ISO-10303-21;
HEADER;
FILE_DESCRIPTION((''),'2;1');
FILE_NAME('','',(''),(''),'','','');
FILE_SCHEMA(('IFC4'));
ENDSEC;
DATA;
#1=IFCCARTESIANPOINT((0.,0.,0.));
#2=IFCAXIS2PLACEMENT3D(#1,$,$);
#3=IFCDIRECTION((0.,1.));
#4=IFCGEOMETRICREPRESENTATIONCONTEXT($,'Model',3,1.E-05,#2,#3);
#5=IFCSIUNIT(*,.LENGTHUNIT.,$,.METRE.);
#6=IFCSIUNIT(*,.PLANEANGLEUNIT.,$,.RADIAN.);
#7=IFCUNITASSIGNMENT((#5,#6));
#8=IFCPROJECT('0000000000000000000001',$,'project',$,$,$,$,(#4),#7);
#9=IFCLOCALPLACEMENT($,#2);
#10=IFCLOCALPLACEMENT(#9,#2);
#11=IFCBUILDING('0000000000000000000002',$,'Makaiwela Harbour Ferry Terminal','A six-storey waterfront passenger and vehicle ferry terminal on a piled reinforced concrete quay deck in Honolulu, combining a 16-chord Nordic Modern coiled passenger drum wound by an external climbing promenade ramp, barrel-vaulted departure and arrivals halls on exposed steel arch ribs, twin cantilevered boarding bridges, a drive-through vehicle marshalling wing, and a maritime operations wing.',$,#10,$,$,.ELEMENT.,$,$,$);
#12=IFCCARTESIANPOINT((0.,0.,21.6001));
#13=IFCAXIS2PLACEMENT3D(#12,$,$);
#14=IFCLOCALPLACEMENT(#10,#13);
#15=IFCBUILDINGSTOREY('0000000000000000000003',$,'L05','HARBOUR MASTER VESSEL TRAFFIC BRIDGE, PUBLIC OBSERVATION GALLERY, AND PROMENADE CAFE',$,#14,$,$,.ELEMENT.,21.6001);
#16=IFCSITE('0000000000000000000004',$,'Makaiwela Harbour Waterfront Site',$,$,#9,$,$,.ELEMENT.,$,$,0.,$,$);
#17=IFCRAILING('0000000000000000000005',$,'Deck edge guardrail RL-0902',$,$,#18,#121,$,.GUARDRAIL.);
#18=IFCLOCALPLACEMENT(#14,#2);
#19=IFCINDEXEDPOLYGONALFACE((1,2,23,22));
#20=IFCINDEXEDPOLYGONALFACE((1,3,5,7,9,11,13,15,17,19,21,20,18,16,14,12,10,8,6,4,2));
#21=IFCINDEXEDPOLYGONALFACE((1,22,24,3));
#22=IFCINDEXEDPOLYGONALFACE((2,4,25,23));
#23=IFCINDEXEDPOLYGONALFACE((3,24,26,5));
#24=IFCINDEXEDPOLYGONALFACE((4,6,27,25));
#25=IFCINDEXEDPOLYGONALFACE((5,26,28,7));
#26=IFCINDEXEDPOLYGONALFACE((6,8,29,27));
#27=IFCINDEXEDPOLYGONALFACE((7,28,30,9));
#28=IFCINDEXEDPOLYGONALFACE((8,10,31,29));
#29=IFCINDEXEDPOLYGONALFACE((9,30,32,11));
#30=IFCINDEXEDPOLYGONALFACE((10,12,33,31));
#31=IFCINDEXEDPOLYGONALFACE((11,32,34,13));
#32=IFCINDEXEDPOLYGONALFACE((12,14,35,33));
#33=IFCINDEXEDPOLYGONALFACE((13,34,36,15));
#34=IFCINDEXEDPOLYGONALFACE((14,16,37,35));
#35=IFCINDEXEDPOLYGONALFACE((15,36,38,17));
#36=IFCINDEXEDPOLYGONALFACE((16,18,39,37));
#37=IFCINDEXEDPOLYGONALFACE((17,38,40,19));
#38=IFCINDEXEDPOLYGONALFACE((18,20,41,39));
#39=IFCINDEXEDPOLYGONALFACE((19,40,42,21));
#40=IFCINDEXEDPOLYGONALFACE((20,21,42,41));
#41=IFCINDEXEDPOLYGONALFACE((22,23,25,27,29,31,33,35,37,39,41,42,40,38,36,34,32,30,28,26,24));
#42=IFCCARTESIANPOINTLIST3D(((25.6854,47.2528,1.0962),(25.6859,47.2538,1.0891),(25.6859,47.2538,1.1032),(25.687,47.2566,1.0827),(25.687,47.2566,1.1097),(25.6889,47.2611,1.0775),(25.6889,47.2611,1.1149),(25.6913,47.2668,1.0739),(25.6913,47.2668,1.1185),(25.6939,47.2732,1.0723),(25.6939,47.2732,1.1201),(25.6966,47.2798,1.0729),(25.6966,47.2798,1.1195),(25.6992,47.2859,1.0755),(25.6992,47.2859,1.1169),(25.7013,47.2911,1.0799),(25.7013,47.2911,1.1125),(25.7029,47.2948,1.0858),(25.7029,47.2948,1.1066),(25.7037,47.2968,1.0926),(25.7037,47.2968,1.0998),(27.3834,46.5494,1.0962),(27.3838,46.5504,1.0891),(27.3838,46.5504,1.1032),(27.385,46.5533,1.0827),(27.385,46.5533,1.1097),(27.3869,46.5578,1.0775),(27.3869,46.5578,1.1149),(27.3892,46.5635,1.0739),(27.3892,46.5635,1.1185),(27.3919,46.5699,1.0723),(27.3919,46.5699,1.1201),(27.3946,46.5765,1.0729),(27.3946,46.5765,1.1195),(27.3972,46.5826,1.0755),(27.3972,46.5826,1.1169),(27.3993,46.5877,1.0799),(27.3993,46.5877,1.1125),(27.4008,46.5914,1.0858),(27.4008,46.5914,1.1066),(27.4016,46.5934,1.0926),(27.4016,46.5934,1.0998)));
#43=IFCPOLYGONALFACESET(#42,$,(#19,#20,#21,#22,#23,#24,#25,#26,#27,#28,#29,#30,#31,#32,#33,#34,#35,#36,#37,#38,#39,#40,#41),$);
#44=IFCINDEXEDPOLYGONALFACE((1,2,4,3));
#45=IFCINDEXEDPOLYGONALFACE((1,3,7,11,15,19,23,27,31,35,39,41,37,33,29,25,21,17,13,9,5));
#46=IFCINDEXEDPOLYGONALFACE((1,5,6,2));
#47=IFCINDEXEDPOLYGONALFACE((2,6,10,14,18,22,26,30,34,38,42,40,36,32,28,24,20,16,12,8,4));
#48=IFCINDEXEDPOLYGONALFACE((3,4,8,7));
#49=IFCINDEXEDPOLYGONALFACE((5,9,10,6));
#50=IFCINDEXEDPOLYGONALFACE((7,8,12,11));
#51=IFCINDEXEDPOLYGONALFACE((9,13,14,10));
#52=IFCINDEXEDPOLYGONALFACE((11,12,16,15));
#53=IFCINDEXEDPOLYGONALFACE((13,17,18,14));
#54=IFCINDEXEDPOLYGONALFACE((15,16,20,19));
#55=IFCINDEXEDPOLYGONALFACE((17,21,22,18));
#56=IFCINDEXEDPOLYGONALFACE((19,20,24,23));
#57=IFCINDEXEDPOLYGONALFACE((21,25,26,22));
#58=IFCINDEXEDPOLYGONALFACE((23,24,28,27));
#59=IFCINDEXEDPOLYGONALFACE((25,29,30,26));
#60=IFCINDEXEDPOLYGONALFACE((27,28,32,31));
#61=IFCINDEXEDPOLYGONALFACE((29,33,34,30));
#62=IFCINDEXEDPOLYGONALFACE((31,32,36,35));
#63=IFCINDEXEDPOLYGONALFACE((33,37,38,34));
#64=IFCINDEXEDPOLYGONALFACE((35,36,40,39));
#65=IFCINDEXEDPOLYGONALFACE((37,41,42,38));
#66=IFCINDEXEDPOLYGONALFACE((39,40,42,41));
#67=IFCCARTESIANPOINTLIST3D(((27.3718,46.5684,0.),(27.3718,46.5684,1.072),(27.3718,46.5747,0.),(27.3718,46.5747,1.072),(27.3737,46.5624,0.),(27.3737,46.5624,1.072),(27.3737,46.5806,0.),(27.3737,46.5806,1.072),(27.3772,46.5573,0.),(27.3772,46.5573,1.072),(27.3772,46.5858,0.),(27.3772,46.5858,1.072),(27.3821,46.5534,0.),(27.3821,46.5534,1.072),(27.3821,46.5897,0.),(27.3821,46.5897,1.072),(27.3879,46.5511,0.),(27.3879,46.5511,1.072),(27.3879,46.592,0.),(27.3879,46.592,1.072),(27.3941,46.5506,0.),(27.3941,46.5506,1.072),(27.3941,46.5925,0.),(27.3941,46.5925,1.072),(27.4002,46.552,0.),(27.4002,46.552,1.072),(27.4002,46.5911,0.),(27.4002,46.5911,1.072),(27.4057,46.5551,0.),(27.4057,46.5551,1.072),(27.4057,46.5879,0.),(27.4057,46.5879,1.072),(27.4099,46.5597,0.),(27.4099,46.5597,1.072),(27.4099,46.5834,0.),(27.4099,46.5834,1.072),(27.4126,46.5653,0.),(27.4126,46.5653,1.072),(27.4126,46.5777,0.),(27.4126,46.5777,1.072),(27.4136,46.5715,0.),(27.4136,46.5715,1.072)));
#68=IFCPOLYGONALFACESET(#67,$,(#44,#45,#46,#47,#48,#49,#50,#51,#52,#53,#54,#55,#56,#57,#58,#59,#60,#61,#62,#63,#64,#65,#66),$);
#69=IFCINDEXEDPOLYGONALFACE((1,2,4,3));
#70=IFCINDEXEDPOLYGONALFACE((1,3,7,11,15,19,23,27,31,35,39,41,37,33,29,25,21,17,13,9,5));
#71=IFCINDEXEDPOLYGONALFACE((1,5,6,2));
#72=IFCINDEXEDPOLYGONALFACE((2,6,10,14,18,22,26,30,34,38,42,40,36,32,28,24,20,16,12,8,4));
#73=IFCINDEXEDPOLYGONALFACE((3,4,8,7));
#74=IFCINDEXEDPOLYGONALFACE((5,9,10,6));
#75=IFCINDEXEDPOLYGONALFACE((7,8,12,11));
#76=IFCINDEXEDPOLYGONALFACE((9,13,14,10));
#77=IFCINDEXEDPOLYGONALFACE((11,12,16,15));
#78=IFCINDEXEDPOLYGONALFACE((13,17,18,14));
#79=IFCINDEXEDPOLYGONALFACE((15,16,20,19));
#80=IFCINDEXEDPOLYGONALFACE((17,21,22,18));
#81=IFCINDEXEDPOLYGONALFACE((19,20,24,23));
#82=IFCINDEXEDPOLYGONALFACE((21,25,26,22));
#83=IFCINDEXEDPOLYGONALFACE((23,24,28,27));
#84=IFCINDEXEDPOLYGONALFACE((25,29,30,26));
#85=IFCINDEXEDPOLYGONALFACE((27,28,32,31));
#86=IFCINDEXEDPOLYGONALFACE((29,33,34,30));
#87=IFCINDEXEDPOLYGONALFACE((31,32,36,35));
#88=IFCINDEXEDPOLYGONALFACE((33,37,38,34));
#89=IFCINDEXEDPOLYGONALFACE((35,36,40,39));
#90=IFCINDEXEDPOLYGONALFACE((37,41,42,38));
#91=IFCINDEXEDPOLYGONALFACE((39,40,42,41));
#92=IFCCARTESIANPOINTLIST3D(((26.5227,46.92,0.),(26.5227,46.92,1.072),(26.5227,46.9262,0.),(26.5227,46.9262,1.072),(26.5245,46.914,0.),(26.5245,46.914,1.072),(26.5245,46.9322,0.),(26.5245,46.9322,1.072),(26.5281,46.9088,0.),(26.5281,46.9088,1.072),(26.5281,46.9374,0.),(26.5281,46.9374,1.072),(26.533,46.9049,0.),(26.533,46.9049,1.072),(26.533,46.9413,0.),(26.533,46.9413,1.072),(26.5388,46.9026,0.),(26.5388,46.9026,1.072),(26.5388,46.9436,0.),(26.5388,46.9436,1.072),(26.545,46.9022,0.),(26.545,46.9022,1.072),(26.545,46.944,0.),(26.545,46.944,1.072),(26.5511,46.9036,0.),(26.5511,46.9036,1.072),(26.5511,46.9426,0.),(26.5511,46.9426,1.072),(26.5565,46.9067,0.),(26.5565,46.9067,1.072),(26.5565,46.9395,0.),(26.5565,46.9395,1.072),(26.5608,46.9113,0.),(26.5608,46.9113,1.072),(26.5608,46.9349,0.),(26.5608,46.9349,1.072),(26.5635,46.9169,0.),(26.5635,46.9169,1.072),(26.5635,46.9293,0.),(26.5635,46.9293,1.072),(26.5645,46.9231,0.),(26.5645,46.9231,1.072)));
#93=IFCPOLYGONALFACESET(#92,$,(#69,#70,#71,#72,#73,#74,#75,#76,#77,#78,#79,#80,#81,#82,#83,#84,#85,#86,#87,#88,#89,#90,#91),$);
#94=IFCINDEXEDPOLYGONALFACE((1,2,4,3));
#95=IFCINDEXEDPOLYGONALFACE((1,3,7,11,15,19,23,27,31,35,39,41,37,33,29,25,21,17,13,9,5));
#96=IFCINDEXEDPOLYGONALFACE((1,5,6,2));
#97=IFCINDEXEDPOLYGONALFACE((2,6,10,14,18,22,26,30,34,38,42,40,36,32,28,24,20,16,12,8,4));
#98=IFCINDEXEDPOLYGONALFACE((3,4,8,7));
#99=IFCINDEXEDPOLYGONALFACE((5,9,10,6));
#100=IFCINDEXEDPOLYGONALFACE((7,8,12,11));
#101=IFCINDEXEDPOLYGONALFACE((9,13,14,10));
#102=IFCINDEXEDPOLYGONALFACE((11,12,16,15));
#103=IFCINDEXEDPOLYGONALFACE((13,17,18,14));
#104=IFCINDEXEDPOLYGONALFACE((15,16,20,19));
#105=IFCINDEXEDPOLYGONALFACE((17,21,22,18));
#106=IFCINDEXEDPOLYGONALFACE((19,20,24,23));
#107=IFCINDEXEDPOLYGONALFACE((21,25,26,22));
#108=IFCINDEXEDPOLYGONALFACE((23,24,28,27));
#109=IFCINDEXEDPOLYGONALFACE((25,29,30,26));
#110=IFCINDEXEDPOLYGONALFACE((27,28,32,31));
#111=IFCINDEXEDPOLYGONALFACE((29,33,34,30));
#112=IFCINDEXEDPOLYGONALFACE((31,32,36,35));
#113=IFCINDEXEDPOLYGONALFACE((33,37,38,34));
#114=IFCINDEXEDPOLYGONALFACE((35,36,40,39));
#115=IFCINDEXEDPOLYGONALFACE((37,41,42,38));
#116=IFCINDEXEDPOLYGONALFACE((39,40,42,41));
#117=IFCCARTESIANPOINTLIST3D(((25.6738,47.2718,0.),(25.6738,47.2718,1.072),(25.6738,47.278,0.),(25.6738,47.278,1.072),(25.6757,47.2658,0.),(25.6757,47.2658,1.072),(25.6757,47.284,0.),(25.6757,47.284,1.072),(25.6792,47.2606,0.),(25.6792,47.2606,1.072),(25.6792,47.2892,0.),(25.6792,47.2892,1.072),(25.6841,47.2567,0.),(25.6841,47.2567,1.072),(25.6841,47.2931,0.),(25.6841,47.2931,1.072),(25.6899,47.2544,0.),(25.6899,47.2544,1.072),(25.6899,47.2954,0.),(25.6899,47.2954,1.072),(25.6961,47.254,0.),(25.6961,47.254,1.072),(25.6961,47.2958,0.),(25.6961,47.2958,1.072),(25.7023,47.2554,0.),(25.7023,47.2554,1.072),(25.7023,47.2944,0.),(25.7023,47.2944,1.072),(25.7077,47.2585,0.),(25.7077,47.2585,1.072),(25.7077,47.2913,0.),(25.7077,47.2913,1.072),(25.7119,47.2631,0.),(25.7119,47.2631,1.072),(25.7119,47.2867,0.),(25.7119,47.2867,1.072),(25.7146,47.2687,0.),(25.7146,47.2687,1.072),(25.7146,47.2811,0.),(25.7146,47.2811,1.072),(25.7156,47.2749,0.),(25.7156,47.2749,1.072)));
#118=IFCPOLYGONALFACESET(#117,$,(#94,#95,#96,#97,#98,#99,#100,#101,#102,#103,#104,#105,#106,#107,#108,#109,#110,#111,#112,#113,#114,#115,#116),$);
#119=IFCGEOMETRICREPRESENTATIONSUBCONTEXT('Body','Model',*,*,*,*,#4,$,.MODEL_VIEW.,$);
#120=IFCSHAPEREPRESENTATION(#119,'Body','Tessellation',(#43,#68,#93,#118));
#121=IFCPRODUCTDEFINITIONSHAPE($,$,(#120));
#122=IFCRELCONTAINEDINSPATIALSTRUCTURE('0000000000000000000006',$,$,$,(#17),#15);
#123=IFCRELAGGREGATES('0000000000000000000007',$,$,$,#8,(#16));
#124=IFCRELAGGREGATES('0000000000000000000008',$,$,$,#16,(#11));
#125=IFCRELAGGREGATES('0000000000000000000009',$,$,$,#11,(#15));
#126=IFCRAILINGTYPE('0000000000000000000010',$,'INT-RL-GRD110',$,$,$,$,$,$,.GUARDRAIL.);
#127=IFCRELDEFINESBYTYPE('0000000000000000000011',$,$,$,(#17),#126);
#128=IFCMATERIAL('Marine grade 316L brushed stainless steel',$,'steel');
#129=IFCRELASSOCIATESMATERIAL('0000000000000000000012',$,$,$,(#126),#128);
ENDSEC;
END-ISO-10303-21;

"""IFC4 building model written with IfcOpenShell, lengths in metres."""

from ifc_helpers import new_model, si_unit, direction, frame, origin, origin_2d, place, context, subcontext, project, spatial, circle, extrude, material, type_object, element, save


model = new_model("IFC4")

# Units and contexts
model_context = context("Model", 3, precision=1e-05, world=origin(), true_north=direction((0.0, 1.0)))
body_context = subcontext(model_context, "Body", "Model", "MODEL_VIEW")
ifc_project = project(units=[si_unit("LENGTHUNIT", "METRE"), si_unit("PLANEANGLEUNIT", "RADIAN")], contexts=[model_context])

# Site, building, storey
site_placement = place(None, origin())
site = spatial("IfcSite", under=ifc_project, at=site_placement, Name="Makaiwela Harbour Waterfront Site", CompositionType="ELEMENT", RefElevation=0.0)
building_placement = place(site_placement, origin())
building = spatial("IfcBuilding", under=site, at=building_placement, Name="Makaiwela Harbour Ferry Terminal", Description="A six-storey waterfront passenger and vehicle ferry terminal on a piled reinforced concrete quay deck in Honolulu, combining a 16-chord Nordic Modern coiled passenger drum wound by an external climbing promenade ramp, barrel-vaulted departure and arrivals halls on exposed steel arch ribs, twin cantilevered boarding bridges, a drive-through vehicle marshalling wing, and a maritime operations wing.", CompositionType="ELEMENT")
storey_placement = place(building_placement, frame((0.0, 0.0, 21.6001)))
storey = spatial("IfcBuildingStorey", under=building, at=storey_placement, Name="L05", Description="HARBOUR MASTER VESSEL TRAFFIC BRIDGE, PUBLIC OBSERVATION GALLERY, AND PROMENADE CAFE", CompositionType="ELEMENT", Elevation=21.6001)

# Railing
ifc_material_1 = material(Name="Marine grade 316L brushed stainless steel", Category="steel")
railing_type = type_object("IfcRailingType", Name="INT-RL-GRD110", PredefinedType="GUARDRAIL", material=ifc_material_1)
railing_1_placement = place(storey_placement, frame((27.3926, 46.5715, 0.0)))
element("IfcRailing", 1, at=railing_1_placement, inside=storey, type_object=railing_type, Name="Deck edge guardrail RL-0902", PredefinedType="GUARDRAIL", context=body_context, shape_type="SweptSolid", body=[
    extrude(circle(Radius=0.0239, at=origin_2d()), frame((0.0, 0.0, 1.0962), z_axis=(-0.923873, 0.3827, 0.0), x_axis=(-0.3827, -0.923873, 0.0)), (0.0, 0.0, 1.0), 1.8379),
    extrude(circle(Radius=0.021, at=origin_2d()), origin(), (0.0, 0.0, 1.0), 1.072),
    extrude(circle(Radius=0.021, at=origin_2d()), frame((-0.8491, 0.3516, 0.0)), (0.0, 0.0, 1.0), 1.072),
    extrude(circle(Radius=0.021, at=origin_2d()), frame((-1.698, 0.7034, 0.0)), (0.0, 0.0, 1.0), 1.072),
])

save(model, "model.ifc")
